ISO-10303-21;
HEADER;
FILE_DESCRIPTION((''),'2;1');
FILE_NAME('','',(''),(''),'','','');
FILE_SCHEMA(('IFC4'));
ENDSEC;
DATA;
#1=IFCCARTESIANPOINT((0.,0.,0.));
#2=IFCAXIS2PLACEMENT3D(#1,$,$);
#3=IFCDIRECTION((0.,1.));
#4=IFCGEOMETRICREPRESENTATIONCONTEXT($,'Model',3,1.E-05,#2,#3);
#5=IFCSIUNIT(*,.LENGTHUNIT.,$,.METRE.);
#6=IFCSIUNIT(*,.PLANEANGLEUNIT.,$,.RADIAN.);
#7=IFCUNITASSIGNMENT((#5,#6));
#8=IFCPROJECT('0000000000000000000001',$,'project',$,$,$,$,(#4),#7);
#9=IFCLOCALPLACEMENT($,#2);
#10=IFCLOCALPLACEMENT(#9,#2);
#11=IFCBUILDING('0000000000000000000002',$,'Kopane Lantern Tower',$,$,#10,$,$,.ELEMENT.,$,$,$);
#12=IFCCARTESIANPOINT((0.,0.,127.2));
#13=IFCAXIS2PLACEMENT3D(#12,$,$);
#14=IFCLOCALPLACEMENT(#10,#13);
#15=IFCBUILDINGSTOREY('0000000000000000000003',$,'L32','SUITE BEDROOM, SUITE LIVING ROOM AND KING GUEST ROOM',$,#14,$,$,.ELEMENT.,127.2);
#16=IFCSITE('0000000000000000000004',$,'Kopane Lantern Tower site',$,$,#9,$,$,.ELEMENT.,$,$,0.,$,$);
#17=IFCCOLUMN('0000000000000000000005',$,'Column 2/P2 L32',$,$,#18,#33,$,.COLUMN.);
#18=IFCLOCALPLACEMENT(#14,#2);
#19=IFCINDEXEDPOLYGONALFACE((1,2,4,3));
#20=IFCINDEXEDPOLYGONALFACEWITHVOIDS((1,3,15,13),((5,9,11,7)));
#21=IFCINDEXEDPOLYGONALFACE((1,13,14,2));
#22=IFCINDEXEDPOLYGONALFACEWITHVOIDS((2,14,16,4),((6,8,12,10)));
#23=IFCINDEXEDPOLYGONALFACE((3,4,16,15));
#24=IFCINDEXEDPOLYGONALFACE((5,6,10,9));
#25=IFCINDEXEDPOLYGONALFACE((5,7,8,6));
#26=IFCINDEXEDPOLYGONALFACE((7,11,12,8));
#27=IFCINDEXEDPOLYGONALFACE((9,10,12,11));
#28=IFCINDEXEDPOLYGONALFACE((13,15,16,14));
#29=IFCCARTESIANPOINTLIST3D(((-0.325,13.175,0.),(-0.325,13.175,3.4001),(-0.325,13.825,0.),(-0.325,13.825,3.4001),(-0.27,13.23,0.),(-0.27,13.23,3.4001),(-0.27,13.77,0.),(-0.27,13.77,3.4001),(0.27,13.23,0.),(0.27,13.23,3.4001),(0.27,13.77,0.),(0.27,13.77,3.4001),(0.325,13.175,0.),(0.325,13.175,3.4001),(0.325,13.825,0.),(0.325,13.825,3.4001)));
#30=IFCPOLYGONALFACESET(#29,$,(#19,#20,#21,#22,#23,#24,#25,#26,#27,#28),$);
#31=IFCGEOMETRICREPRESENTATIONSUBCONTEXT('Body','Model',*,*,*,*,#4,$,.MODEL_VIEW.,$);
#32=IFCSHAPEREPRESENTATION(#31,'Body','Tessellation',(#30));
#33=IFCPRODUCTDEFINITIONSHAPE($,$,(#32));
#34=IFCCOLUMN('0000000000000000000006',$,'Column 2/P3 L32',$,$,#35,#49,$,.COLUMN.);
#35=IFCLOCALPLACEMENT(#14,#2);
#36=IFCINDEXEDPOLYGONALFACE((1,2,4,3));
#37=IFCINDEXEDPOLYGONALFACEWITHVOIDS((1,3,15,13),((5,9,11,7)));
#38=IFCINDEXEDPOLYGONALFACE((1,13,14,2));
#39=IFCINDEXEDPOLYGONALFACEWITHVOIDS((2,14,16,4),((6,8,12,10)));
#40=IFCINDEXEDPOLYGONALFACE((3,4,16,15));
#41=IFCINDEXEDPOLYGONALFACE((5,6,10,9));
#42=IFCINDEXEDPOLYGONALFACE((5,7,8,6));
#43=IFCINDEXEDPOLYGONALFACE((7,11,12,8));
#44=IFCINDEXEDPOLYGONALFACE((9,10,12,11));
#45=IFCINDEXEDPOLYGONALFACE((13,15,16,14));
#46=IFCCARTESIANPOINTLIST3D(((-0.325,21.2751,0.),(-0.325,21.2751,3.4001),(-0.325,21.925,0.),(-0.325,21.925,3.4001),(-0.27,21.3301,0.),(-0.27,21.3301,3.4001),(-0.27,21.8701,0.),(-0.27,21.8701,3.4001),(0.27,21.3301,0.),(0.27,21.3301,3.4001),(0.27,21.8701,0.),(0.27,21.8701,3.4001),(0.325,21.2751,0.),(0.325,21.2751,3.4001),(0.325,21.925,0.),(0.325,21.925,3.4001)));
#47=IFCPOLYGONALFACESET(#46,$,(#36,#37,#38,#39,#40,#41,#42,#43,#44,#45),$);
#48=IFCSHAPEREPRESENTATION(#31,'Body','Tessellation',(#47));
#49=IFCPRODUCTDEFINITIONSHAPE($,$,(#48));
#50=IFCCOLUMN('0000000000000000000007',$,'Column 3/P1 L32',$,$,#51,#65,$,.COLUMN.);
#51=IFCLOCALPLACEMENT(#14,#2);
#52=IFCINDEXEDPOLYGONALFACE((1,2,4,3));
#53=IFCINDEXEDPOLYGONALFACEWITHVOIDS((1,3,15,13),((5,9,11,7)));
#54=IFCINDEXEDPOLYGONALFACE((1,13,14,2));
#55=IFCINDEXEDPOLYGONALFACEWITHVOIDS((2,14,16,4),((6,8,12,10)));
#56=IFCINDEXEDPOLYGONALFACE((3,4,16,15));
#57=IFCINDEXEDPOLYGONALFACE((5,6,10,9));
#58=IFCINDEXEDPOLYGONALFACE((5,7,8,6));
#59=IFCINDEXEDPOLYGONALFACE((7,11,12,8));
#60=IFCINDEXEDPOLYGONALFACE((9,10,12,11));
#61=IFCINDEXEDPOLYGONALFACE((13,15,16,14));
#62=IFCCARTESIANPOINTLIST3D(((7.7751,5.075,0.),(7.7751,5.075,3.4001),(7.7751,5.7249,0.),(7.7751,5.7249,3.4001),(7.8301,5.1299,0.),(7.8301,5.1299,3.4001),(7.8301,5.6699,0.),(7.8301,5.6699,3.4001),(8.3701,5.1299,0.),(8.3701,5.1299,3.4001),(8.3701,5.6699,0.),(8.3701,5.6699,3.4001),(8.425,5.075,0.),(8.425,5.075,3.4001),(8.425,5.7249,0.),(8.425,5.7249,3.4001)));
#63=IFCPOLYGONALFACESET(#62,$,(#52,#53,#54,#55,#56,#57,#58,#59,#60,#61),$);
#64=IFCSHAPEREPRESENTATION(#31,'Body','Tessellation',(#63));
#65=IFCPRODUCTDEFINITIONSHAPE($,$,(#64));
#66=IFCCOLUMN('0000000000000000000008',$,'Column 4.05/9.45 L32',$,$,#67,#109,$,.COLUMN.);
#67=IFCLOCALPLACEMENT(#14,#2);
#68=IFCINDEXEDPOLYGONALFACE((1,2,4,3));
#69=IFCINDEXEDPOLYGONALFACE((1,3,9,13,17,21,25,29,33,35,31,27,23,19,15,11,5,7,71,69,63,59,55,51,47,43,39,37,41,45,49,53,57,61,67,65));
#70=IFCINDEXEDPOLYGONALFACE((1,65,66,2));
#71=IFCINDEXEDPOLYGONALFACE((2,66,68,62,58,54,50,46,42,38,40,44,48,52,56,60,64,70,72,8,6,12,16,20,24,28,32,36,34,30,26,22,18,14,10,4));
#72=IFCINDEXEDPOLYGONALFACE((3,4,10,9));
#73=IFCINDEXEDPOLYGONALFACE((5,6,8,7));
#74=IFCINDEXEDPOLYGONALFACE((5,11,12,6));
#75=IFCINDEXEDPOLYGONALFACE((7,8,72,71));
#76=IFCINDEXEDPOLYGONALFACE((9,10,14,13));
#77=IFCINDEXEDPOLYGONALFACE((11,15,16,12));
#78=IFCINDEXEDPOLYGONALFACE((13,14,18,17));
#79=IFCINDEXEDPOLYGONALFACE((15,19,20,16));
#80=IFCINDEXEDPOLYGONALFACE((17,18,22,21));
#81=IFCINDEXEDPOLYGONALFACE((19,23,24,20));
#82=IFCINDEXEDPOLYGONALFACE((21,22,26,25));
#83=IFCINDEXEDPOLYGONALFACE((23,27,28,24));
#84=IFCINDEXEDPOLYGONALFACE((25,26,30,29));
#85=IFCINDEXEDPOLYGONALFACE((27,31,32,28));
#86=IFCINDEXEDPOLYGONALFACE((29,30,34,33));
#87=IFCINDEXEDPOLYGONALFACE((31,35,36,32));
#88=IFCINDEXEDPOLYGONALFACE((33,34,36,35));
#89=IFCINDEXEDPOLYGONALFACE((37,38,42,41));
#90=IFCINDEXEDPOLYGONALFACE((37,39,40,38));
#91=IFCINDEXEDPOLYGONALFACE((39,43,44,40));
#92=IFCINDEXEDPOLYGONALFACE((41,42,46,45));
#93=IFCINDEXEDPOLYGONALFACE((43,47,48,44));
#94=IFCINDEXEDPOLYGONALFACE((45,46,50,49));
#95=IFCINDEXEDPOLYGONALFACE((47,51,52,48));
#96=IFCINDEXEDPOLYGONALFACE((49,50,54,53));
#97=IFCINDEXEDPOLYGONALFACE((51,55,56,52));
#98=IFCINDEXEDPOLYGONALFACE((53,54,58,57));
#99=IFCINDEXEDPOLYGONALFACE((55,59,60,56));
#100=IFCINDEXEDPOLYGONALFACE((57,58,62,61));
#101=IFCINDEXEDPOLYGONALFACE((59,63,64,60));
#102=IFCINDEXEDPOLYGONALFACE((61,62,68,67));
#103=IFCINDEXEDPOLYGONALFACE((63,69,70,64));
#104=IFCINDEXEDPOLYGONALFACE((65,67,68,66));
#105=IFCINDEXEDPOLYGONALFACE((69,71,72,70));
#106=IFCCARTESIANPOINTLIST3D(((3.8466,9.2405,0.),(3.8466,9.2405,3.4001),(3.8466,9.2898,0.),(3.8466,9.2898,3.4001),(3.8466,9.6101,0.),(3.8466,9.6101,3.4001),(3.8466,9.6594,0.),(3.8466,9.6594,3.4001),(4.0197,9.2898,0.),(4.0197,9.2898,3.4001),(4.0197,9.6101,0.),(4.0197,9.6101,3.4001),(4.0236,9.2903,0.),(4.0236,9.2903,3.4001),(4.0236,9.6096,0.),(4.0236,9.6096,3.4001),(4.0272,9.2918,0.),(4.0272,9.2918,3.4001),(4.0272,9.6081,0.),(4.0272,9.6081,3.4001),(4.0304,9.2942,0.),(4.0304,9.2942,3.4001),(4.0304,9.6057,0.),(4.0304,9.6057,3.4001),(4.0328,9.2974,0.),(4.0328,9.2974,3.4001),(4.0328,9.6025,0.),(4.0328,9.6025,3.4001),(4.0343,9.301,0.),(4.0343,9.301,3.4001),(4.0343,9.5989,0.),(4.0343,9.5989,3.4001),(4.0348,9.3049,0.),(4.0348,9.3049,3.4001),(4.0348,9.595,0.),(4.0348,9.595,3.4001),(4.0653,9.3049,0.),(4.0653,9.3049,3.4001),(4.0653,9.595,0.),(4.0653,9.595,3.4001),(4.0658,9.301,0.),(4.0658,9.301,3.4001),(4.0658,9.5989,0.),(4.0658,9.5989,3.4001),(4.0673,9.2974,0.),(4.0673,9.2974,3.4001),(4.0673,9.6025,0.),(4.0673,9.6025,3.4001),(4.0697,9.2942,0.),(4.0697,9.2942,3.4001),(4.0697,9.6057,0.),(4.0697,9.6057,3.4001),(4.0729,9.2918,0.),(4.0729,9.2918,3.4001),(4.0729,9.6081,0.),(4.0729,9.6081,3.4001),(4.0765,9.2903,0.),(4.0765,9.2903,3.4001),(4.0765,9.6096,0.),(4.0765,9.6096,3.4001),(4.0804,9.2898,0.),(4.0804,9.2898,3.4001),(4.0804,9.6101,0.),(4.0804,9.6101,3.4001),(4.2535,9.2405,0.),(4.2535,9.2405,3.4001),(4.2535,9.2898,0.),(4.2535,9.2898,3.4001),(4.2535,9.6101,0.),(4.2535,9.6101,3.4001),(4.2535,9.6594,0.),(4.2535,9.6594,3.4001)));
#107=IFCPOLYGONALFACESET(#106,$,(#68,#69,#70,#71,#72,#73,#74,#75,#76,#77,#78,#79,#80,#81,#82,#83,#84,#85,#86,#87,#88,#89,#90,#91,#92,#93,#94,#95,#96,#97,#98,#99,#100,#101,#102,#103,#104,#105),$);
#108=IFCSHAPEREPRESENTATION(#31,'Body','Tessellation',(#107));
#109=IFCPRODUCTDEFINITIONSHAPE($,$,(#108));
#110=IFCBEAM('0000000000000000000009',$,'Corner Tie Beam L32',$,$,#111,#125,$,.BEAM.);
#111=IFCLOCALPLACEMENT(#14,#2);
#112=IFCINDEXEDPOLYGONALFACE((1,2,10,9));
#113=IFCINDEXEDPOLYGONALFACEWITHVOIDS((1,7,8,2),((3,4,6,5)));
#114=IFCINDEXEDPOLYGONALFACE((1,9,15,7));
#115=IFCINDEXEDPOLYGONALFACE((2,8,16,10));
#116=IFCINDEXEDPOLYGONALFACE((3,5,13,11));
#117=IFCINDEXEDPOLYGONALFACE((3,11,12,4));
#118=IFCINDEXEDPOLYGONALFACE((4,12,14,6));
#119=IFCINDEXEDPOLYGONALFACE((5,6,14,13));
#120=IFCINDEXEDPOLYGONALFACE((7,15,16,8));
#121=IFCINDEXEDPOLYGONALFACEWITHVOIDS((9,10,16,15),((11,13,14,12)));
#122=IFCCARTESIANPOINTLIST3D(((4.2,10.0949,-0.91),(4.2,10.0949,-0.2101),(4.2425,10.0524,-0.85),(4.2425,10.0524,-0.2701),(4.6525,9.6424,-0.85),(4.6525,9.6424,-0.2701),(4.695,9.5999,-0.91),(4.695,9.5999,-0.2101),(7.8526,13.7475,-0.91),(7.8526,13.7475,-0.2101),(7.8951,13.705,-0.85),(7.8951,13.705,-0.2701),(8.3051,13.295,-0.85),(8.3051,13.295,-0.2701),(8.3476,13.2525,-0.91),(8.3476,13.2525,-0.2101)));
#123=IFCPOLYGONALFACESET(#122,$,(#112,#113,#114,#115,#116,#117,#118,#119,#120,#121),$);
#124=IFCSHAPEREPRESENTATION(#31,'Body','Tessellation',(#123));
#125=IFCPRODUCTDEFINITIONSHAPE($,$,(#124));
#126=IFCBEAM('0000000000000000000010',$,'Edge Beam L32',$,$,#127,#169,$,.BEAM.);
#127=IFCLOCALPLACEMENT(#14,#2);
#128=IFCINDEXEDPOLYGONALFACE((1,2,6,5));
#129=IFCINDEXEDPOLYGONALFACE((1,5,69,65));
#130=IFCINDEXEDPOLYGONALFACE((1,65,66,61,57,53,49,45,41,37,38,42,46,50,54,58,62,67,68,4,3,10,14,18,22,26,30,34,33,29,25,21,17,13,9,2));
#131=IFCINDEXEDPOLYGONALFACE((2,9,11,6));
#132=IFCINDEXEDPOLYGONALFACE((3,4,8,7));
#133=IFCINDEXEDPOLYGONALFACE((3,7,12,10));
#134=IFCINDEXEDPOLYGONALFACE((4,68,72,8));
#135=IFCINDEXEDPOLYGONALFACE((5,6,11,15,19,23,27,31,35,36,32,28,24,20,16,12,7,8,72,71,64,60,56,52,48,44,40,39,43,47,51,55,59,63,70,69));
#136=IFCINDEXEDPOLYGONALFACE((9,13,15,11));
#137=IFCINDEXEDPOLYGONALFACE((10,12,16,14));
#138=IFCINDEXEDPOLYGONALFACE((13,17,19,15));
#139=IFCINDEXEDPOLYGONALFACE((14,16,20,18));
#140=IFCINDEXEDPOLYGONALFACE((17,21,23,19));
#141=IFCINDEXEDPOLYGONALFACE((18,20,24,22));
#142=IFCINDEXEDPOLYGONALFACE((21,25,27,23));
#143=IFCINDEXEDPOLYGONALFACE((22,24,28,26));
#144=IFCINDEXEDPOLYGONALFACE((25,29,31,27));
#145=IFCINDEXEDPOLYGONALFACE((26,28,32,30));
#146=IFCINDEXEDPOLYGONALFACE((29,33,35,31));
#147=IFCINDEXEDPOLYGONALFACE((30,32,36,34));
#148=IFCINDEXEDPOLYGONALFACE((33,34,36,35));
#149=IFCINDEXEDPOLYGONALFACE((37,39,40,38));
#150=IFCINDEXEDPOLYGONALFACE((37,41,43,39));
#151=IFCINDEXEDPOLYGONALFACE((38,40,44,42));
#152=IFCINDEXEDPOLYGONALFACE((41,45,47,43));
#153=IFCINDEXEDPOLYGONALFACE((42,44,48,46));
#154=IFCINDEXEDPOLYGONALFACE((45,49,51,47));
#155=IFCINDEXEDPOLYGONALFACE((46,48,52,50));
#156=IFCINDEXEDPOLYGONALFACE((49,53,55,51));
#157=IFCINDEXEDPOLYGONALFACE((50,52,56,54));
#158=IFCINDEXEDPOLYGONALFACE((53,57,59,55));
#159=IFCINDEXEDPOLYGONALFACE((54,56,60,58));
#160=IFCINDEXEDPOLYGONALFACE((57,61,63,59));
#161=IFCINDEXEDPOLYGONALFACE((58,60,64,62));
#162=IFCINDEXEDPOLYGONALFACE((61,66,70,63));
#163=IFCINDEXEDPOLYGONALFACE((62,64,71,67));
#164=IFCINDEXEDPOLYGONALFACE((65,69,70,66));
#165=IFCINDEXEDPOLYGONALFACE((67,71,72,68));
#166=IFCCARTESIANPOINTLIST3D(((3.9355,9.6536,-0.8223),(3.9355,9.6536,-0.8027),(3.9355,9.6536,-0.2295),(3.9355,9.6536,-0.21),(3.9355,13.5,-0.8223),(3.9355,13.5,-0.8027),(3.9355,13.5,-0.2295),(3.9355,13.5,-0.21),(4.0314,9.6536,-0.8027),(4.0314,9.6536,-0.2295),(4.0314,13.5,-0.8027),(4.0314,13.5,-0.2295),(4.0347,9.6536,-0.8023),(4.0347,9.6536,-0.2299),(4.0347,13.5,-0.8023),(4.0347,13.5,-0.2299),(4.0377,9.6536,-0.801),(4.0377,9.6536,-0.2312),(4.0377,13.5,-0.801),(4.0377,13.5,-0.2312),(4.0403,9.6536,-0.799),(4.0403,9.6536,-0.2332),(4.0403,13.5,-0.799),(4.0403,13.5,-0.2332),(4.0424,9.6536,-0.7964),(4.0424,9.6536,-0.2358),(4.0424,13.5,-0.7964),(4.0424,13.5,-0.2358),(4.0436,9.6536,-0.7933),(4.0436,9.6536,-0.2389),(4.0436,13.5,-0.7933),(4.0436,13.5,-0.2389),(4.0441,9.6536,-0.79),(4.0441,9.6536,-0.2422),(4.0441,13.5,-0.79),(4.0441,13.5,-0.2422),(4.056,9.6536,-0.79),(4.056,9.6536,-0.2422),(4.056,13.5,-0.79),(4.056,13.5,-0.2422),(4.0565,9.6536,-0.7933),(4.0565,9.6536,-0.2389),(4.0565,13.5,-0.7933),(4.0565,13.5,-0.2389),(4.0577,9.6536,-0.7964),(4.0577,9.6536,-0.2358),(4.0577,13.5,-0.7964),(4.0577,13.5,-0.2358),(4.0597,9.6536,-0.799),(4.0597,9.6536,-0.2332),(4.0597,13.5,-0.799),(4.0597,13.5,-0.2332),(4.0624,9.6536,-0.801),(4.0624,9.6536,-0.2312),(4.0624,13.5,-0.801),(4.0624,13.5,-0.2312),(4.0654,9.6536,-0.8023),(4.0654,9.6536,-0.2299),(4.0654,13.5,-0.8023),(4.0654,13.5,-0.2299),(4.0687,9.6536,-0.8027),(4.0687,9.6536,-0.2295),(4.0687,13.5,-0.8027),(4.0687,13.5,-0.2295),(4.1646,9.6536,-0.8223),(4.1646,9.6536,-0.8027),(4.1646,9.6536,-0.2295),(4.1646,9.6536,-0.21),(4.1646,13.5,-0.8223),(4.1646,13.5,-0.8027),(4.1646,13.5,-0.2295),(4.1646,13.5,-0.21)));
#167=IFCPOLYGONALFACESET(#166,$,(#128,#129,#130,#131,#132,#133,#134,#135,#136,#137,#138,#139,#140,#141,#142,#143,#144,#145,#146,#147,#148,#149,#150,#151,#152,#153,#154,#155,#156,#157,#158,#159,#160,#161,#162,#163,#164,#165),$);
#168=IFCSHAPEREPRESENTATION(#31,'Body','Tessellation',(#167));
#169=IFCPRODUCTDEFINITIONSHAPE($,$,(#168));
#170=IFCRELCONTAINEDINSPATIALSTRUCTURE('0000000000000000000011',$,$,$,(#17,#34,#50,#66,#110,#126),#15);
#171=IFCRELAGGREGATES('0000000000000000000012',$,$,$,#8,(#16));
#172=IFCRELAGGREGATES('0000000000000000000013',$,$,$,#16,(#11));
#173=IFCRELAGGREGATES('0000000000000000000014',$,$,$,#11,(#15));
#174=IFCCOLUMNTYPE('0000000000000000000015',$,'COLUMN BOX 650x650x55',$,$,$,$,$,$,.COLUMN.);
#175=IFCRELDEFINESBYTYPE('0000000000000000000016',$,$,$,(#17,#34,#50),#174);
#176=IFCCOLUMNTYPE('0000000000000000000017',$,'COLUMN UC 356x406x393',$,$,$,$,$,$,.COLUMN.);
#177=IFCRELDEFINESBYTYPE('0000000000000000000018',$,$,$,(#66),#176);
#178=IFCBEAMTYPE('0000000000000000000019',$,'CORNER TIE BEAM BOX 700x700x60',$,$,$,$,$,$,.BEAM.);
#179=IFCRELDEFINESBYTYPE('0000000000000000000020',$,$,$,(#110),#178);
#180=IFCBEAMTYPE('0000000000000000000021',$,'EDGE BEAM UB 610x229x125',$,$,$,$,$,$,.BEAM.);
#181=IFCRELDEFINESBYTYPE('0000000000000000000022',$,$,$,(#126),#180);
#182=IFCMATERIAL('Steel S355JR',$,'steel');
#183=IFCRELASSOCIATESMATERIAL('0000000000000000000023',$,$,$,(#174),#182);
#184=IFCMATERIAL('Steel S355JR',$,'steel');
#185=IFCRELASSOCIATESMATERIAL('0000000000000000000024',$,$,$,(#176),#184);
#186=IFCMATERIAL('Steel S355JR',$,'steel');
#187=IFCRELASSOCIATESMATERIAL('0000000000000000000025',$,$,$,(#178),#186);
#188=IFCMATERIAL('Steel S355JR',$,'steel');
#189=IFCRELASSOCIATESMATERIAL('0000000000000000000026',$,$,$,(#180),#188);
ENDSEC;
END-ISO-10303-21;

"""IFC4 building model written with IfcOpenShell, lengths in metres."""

from ifc_helpers import new_model, si_unit, direction, frame, origin, origin_2d, place, context, subcontext, project, spatial, hollow_rectangle, i_section, extrude, material, material_profile, profile_set, type_object, element, save


model = new_model("IFC4")

# Units and contexts
model_context = context("Model", 3, precision=1e-05, world=origin(), true_north=direction((0.0, 1.0)))
body_context = subcontext(model_context, "Body", "Model", "MODEL_VIEW")
ifc_project = project(units=[si_unit("LENGTHUNIT", "METRE"), si_unit("PLANEANGLEUNIT", "RADIAN")], contexts=[model_context])

# Site, building, storey
site_placement = place(None, origin())
site = spatial("IfcSite", under=ifc_project, at=site_placement, Name="Kopane Lantern Tower site", CompositionType="ELEMENT", RefElevation=0.0)
building_placement = place(site_placement, origin())
building = spatial("IfcBuilding", under=site, at=building_placement, Name="Kopane Lantern Tower", CompositionType="ELEMENT")
storey_placement = place(building_placement, frame((0.0, 0.0, 127.2)))
storey = spatial("IfcBuildingStorey", under=building, at=storey_placement, Name="L32", Description="SUITE BEDROOM, SUITE LIVING ROOM AND KING GUEST ROOM", CompositionType="ELEMENT", Elevation=127.2)

# Columns
ifc_material_1 = material(Name="Steel S355JR", Category="steel")
ifc_material_profile_1 = material_profile(ifc_material_1, hollow_rectangle(XDim=0.6499, YDim=0.6499, WallThickness=0.0549, at=origin_2d()), Name="BOX 650x650x55")
ifc_profile_set_1 = profile_set([ifc_material_profile_1], Name="Steel S355JR")
column_type_1 = type_object("IfcColumnType", Name="COLUMN BOX 650x650x55", PredefinedType="COLUMN", material=ifc_profile_set_1)
for number, where, z_axis, x_axis, name in (
    (1, (0.0, 13.5, 0.0), (0.0, 0.0, 1.0), (1.0, 0.0, 0.0), "Column 2/P2 L32"),
    (2, (0.0, 21.6001, 0.0), (0.0, 0.0, 1.0), (1.0, 0.0, 0.0), "Column 2/P3 L32"),
    (3, (8.1001, 5.3999, 0.0), (0.0, 0.0, 1.0), (1.0, 0.0, 0.0), "Column 3/P1 L32"),
):
    element("IfcColumn", number, at=place(storey_placement, frame(where, z_axis=z_axis, x_axis=x_axis)), inside=storey, type_object=column_type_1, Name=name, PredefinedType="COLUMN", context=body_context, shape_type="SweptSolid", body=[
        extrude(hollow_rectangle(XDim=0.6499, YDim=0.6499, WallThickness=0.0549, at=origin_2d()), origin(), (0.0, 0.0, 1.0), 3.4001),
    ])
ifc_material_2 = material(Name="Steel S355JR", Category="steel")
ifc_material_profile_2 = material_profile(ifc_material_2, i_section(OverallWidth=0.407, OverallDepth=0.4189, WebThickness=0.0305, FlangeThickness=0.0493, FilletRadius=0.0151, at=origin_2d()), Name="UC 356x406x393")
ifc_profile_set_2 = profile_set([ifc_material_profile_2], Name="Steel S355JR")
column_type_2 = type_object("IfcColumnType", Name="COLUMN UC 356x406x393", PredefinedType="COLUMN", material=ifc_profile_set_2)
column_placement = place(storey_placement, frame((4.05, 9.45, 0.0), z_axis=(0.0, 0.0, 1.0), x_axis=(1.0, 0.0, 0.0)))
element("IfcColumn", 4, at=column_placement, inside=storey, type_object=column_type_2, Name="Column 4.05/9.45 L32", PredefinedType="COLUMN", context=body_context, shape_type="SweptSolid", body=[
    extrude(i_section(OverallWidth=0.407, OverallDepth=0.4189, WebThickness=0.0305, FlangeThickness=0.0493, FilletRadius=0.0151, at=origin_2d()), origin(), (0.0, 0.0, 1.0), 3.4001),
])

# Beams
ifc_material_3 = material(Name="Steel S355JR", Category="steel")
ifc_material_profile_3 = material_profile(ifc_material_3, hollow_rectangle(XDim=0.7, YDim=0.7, WallThickness=0.0601, at=origin_2d()), Name="BOX 700x700x60")
ifc_profile_set_3 = profile_set([ifc_material_profile_3], Name="Steel S355JR")
beam_type_1 = type_object("IfcBeamType", Name="CORNER TIE BEAM BOX 700x700x60", PredefinedType="BEAM", material=ifc_profile_set_3)
beam_1_placement = place(storey_placement, frame((4.4475, 9.8474, -0.5601), z_axis=(0.707107, 0.707107, 0.0), x_axis=(-0.707107, 0.707107, 0.0)))
element("IfcBeam", 5, at=beam_1_placement, inside=storey, type_object=beam_type_1, Name="Corner Tie Beam L32", PredefinedType="BEAM", context=body_context, shape_type="SweptSolid", body=[
    extrude(hollow_rectangle(XDim=0.7, YDim=0.7, WallThickness=0.0601, at=origin_2d()), origin(), (0.0, 0.0, 1.0), 5.1655),
])
ifc_material_4 = material(Name="Steel S355JR", Category="steel")
ifc_material_profile_4 = material_profile(ifc_material_4, i_section(OverallWidth=0.229, OverallDepth=0.6123, WebThickness=0.012, FlangeThickness=0.0195, FilletRadius=0.0127, at=origin_2d()), Name="UB 610x229x125")
ifc_profile_set_4 = profile_set([ifc_material_profile_4], Name="Steel S355JR")
beam_type_2 = type_object("IfcBeamType", Name="EDGE BEAM UB 610x229x125", PredefinedType="BEAM", material=ifc_profile_set_4)
beam_2_placement = place(storey_placement, frame((4.05, 9.6536, -0.5161), z_axis=(0.0, 1.0, 0.0), x_axis=(-1.0, 0.0, 0.0)))
element("IfcBeam", 6, at=beam_2_placement, inside=storey, type_object=beam_type_2, Name="Edge Beam L32", PredefinedType="BEAM", context=body_context, shape_type="SweptSolid", body=[
    extrude(i_section(OverallWidth=0.229, OverallDepth=0.6123, WebThickness=0.012, FlangeThickness=0.0195, FilletRadius=0.0127, at=origin_2d()), origin(), (0.0, 0.0, 1.0), 3.8464),
])

save(model, "model.ifc")
